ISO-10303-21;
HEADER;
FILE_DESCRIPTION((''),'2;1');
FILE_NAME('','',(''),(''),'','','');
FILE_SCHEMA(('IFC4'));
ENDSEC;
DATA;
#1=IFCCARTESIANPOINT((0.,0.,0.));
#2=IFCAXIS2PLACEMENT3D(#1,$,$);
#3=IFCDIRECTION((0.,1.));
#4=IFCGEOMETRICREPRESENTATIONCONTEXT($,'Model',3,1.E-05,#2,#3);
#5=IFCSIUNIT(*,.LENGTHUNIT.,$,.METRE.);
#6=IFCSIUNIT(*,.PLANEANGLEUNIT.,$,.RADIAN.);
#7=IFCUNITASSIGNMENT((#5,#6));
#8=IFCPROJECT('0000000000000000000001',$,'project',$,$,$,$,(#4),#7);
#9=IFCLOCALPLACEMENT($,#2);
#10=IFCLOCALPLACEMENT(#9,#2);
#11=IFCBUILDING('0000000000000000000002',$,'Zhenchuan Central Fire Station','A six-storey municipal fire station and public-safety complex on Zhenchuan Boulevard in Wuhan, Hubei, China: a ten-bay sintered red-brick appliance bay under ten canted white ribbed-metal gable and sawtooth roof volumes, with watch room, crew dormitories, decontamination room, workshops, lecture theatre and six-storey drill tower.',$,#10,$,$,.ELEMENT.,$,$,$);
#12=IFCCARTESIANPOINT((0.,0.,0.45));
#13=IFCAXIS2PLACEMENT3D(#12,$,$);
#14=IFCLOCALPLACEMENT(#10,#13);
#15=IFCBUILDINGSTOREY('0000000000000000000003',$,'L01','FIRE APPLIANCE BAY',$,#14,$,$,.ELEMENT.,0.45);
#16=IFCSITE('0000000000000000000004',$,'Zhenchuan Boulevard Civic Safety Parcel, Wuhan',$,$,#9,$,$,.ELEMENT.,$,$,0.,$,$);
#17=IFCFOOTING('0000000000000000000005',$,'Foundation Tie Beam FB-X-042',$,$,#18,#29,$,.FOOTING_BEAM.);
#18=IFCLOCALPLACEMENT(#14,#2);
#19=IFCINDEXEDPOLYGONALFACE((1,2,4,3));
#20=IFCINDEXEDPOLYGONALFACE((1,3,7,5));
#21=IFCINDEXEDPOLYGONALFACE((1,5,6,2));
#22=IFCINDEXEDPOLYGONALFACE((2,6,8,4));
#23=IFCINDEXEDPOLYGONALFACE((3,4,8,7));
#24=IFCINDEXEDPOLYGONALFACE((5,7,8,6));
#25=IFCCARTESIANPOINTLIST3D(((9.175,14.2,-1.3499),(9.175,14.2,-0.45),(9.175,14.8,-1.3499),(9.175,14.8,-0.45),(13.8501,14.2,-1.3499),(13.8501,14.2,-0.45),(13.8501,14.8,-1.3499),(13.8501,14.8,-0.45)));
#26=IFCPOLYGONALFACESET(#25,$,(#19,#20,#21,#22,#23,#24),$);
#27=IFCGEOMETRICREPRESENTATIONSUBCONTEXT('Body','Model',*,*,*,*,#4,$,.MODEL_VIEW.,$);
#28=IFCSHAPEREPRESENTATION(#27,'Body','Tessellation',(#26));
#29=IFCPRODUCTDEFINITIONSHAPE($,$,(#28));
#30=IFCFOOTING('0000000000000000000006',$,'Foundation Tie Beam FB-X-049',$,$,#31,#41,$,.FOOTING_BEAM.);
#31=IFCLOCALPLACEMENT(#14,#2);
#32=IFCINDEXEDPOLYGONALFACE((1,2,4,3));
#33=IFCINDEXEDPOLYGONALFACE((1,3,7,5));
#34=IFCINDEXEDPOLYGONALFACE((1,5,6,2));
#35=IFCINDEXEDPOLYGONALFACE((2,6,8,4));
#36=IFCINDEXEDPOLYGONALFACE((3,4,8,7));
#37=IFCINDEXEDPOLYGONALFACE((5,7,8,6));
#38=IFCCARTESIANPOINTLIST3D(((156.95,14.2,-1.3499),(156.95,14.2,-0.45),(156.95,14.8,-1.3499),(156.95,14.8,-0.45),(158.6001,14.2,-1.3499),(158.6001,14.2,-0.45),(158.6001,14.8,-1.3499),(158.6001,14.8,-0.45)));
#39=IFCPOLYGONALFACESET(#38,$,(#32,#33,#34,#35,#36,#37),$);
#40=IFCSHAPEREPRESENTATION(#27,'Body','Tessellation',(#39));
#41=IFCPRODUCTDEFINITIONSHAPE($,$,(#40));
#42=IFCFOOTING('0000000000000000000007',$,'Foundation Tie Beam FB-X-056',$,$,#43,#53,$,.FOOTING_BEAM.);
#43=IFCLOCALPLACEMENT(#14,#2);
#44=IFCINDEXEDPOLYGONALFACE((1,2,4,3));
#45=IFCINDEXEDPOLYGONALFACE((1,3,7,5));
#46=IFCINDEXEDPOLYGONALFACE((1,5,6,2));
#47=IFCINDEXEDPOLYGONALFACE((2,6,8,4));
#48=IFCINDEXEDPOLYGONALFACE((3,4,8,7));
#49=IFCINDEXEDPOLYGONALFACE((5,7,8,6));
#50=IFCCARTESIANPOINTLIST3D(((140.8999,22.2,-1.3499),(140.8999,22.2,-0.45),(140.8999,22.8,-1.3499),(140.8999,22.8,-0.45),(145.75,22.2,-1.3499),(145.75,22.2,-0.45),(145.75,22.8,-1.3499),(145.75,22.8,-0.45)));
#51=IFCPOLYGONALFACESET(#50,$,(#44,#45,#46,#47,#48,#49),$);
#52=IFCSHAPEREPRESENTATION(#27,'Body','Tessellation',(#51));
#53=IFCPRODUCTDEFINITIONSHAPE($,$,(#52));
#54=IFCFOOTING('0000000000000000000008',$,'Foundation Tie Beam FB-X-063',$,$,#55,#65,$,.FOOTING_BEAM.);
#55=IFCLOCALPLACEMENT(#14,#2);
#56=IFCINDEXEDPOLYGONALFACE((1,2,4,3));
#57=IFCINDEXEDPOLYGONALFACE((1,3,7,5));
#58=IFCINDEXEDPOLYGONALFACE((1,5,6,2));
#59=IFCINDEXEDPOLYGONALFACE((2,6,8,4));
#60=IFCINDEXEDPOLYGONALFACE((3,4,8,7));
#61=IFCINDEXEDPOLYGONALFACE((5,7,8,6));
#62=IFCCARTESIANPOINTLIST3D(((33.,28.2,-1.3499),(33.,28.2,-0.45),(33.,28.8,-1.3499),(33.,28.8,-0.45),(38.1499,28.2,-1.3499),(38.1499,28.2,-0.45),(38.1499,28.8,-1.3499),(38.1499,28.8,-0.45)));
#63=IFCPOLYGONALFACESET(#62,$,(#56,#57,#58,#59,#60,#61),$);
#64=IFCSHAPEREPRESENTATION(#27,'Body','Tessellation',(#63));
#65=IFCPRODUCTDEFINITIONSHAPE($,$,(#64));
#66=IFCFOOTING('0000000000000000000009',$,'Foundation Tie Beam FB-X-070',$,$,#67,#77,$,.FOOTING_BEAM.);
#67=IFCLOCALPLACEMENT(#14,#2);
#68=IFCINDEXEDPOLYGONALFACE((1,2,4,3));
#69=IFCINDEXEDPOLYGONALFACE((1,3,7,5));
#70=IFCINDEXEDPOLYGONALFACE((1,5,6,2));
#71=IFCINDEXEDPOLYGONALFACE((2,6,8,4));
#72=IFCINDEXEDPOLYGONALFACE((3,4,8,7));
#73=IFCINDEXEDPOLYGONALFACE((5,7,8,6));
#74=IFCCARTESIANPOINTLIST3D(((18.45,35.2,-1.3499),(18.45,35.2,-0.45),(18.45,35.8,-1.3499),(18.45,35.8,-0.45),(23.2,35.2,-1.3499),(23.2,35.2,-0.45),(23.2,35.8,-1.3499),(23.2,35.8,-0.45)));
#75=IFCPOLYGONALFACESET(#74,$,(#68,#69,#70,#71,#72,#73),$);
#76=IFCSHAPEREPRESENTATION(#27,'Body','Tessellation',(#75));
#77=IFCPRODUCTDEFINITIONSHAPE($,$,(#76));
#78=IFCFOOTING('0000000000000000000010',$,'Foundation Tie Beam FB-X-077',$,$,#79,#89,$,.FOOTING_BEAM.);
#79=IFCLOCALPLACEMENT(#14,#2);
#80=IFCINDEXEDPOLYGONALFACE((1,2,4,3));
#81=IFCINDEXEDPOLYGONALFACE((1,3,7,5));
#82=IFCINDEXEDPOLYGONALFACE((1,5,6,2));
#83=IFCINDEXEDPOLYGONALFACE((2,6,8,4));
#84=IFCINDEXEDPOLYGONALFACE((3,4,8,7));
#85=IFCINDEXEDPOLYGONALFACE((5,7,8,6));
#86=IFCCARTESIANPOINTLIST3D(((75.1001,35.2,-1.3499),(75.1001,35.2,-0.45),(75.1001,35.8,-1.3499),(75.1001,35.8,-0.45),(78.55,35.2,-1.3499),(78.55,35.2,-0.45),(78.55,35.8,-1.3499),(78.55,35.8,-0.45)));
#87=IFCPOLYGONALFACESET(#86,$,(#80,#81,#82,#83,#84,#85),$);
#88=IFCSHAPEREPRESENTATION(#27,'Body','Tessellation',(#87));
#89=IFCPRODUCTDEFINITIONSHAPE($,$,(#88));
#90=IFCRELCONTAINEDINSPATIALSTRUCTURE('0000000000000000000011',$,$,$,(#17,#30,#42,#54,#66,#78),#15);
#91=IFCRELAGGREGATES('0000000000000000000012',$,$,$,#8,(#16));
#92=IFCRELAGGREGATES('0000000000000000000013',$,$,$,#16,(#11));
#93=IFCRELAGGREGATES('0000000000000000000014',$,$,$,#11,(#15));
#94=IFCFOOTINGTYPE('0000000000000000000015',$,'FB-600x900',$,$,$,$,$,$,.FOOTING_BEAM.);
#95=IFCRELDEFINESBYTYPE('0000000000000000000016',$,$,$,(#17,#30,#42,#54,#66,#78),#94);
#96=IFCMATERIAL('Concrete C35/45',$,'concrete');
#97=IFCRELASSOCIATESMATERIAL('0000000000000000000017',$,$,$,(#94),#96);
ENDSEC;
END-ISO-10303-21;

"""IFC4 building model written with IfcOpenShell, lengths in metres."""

from ifc_helpers import new_model, si_unit, direction, frame, origin, place, context, subcontext, project, spatial, polyline, outline, extrude, material, type_object, element, save


model = new_model("IFC4")

# Units and contexts
model_context = context("Model", 3, precision=1e-05, world=origin(), true_north=direction((0.0, 1.0)))
body_context = subcontext(model_context, "Body", "Model", "MODEL_VIEW")
ifc_project = project(units=[si_unit("LENGTHUNIT", "METRE"), si_unit("PLANEANGLEUNIT", "RADIAN")], contexts=[model_context])

# Site, building, storey
site_placement = place(None, origin())
site = spatial("IfcSite", under=ifc_project, at=site_placement, Name="Zhenchuan Boulevard Civic Safety Parcel, Wuhan", CompositionType="ELEMENT", RefElevation=0.0)
building_placement = place(site_placement, origin())
building = spatial("IfcBuilding", under=site, at=building_placement, Name="Zhenchuan Central Fire Station", Description="A six-storey municipal fire station and public-safety complex on Zhenchuan Boulevard in Wuhan, Hubei, China: a ten-bay sintered red-brick appliance bay under ten canted white ribbed-metal gable and sawtooth roof volumes, with watch room, crew dormitories, decontamination room, workshops, lecture theatre and six-storey drill tower.", CompositionType="ELEMENT")
storey_placement = place(building_placement, frame((0.0, 0.0, 0.45)))
storey = spatial("IfcBuildingStorey", under=building, at=storey_placement, Name="L01", Description="FIRE APPLIANCE BAY", CompositionType="ELEMENT", Elevation=0.45)

# Footings
ifc_material = material(Name="Concrete C35/45", Category="concrete")
footing_type_1 = type_object("IfcFootingType", Name="FB-600x900", PredefinedType="FOOTING_BEAM", material=ifc_material)
footing_1_placement = place(storey_placement, frame((0.0, 0.0, -1.3499)))
element("IfcFooting", 1, at=footing_1_placement, inside=storey, type_object=footing_type_1, Name="Foundation Tie Beam FB-X-042", PredefinedType="FOOTING_BEAM", context=body_context, shape_type="SweptSolid", body=[
    extrude(outline(polyline([(9.175, 14.2), (13.8501, 14.2), (13.8501, 14.8), (9.175, 14.8), (9.175, 14.2)])), origin(), (0.0, 0.0, 1.0), 0.8999),
])
footing_2_placement = place(storey_placement, frame((0.0, 0.0, -1.3499)))
element("IfcFooting", 2, at=footing_2_placement, inside=storey, type_object=footing_type_1, Name="Foundation Tie Beam FB-X-049", PredefinedType="FOOTING_BEAM", context=body_context, shape_type="SweptSolid", body=[
    extrude(outline(polyline([(156.95, 14.2), (158.6001, 14.2), (158.6001, 14.8), (156.95, 14.8), (156.95, 14.2)])), origin(), (0.0, 0.0, 1.0), 0.8999),
])
footing_3_placement = place(storey_placement, frame((0.0, 0.0, -1.3499)))
element("IfcFooting", 3, at=footing_3_placement, inside=storey, type_object=footing_type_1, Name="Foundation Tie Beam FB-X-056", PredefinedType="FOOTING_BEAM", context=body_context, shape_type="SweptSolid", body=[
    extrude(outline(polyline([(140.8999, 22.2), (145.75, 22.2), (145.75, 22.8), (140.8999, 22.8), (140.8999, 22.2)])), origin(), (0.0, 0.0, 1.0), 0.8999),
])
footing_4_placement = place(storey_placement, frame((0.0, 0.0, -1.3499)))
element("IfcFooting", 4, at=footing_4_placement, inside=storey, type_object=footing_type_1, Name="Foundation Tie Beam FB-X-063", PredefinedType="FOOTING_BEAM", context=body_context, shape_type="SweptSolid", body=[
    extrude(outline(polyline([(33.0, 28.2), (38.1499, 28.2), (38.1499, 28.8), (33.0, 28.8), (33.0, 28.2)])), origin(), (0.0, 0.0, 1.0), 0.8999),
])
footing_5_placement = place(storey_placement, frame((0.0, 0.0, -1.3499)))
element("IfcFooting", 5, at=footing_5_placement, inside=storey, type_object=footing_type_1, Name="Foundation Tie Beam FB-X-070", PredefinedType="FOOTING_BEAM", context=body_context, shape_type="SweptSolid", body=[
    extrude(outline(polyline([(18.45, 35.2), (23.2, 35.2), (23.2, 35.8), (18.45, 35.8), (18.45, 35.2)])), origin(), (0.0, 0.0, 1.0), 0.8999),
])
footing_6_placement = place(storey_placement, frame((0.0, 0.0, -1.3499)))
element("IfcFooting", 6, at=footing_6_placement, inside=storey, type_object=footing_type_1, Name="Foundation Tie Beam FB-X-077", PredefinedType="FOOTING_BEAM", context=body_context, shape_type="SweptSolid", body=[
    extrude(outline(polyline([(75.1001, 35.2), (78.55, 35.2), (78.55, 35.8), (75.1001, 35.8), (75.1001, 35.2)])), origin(), (0.0, 0.0, 1.0), 0.8999),
])

save(model, "model.ifc")
